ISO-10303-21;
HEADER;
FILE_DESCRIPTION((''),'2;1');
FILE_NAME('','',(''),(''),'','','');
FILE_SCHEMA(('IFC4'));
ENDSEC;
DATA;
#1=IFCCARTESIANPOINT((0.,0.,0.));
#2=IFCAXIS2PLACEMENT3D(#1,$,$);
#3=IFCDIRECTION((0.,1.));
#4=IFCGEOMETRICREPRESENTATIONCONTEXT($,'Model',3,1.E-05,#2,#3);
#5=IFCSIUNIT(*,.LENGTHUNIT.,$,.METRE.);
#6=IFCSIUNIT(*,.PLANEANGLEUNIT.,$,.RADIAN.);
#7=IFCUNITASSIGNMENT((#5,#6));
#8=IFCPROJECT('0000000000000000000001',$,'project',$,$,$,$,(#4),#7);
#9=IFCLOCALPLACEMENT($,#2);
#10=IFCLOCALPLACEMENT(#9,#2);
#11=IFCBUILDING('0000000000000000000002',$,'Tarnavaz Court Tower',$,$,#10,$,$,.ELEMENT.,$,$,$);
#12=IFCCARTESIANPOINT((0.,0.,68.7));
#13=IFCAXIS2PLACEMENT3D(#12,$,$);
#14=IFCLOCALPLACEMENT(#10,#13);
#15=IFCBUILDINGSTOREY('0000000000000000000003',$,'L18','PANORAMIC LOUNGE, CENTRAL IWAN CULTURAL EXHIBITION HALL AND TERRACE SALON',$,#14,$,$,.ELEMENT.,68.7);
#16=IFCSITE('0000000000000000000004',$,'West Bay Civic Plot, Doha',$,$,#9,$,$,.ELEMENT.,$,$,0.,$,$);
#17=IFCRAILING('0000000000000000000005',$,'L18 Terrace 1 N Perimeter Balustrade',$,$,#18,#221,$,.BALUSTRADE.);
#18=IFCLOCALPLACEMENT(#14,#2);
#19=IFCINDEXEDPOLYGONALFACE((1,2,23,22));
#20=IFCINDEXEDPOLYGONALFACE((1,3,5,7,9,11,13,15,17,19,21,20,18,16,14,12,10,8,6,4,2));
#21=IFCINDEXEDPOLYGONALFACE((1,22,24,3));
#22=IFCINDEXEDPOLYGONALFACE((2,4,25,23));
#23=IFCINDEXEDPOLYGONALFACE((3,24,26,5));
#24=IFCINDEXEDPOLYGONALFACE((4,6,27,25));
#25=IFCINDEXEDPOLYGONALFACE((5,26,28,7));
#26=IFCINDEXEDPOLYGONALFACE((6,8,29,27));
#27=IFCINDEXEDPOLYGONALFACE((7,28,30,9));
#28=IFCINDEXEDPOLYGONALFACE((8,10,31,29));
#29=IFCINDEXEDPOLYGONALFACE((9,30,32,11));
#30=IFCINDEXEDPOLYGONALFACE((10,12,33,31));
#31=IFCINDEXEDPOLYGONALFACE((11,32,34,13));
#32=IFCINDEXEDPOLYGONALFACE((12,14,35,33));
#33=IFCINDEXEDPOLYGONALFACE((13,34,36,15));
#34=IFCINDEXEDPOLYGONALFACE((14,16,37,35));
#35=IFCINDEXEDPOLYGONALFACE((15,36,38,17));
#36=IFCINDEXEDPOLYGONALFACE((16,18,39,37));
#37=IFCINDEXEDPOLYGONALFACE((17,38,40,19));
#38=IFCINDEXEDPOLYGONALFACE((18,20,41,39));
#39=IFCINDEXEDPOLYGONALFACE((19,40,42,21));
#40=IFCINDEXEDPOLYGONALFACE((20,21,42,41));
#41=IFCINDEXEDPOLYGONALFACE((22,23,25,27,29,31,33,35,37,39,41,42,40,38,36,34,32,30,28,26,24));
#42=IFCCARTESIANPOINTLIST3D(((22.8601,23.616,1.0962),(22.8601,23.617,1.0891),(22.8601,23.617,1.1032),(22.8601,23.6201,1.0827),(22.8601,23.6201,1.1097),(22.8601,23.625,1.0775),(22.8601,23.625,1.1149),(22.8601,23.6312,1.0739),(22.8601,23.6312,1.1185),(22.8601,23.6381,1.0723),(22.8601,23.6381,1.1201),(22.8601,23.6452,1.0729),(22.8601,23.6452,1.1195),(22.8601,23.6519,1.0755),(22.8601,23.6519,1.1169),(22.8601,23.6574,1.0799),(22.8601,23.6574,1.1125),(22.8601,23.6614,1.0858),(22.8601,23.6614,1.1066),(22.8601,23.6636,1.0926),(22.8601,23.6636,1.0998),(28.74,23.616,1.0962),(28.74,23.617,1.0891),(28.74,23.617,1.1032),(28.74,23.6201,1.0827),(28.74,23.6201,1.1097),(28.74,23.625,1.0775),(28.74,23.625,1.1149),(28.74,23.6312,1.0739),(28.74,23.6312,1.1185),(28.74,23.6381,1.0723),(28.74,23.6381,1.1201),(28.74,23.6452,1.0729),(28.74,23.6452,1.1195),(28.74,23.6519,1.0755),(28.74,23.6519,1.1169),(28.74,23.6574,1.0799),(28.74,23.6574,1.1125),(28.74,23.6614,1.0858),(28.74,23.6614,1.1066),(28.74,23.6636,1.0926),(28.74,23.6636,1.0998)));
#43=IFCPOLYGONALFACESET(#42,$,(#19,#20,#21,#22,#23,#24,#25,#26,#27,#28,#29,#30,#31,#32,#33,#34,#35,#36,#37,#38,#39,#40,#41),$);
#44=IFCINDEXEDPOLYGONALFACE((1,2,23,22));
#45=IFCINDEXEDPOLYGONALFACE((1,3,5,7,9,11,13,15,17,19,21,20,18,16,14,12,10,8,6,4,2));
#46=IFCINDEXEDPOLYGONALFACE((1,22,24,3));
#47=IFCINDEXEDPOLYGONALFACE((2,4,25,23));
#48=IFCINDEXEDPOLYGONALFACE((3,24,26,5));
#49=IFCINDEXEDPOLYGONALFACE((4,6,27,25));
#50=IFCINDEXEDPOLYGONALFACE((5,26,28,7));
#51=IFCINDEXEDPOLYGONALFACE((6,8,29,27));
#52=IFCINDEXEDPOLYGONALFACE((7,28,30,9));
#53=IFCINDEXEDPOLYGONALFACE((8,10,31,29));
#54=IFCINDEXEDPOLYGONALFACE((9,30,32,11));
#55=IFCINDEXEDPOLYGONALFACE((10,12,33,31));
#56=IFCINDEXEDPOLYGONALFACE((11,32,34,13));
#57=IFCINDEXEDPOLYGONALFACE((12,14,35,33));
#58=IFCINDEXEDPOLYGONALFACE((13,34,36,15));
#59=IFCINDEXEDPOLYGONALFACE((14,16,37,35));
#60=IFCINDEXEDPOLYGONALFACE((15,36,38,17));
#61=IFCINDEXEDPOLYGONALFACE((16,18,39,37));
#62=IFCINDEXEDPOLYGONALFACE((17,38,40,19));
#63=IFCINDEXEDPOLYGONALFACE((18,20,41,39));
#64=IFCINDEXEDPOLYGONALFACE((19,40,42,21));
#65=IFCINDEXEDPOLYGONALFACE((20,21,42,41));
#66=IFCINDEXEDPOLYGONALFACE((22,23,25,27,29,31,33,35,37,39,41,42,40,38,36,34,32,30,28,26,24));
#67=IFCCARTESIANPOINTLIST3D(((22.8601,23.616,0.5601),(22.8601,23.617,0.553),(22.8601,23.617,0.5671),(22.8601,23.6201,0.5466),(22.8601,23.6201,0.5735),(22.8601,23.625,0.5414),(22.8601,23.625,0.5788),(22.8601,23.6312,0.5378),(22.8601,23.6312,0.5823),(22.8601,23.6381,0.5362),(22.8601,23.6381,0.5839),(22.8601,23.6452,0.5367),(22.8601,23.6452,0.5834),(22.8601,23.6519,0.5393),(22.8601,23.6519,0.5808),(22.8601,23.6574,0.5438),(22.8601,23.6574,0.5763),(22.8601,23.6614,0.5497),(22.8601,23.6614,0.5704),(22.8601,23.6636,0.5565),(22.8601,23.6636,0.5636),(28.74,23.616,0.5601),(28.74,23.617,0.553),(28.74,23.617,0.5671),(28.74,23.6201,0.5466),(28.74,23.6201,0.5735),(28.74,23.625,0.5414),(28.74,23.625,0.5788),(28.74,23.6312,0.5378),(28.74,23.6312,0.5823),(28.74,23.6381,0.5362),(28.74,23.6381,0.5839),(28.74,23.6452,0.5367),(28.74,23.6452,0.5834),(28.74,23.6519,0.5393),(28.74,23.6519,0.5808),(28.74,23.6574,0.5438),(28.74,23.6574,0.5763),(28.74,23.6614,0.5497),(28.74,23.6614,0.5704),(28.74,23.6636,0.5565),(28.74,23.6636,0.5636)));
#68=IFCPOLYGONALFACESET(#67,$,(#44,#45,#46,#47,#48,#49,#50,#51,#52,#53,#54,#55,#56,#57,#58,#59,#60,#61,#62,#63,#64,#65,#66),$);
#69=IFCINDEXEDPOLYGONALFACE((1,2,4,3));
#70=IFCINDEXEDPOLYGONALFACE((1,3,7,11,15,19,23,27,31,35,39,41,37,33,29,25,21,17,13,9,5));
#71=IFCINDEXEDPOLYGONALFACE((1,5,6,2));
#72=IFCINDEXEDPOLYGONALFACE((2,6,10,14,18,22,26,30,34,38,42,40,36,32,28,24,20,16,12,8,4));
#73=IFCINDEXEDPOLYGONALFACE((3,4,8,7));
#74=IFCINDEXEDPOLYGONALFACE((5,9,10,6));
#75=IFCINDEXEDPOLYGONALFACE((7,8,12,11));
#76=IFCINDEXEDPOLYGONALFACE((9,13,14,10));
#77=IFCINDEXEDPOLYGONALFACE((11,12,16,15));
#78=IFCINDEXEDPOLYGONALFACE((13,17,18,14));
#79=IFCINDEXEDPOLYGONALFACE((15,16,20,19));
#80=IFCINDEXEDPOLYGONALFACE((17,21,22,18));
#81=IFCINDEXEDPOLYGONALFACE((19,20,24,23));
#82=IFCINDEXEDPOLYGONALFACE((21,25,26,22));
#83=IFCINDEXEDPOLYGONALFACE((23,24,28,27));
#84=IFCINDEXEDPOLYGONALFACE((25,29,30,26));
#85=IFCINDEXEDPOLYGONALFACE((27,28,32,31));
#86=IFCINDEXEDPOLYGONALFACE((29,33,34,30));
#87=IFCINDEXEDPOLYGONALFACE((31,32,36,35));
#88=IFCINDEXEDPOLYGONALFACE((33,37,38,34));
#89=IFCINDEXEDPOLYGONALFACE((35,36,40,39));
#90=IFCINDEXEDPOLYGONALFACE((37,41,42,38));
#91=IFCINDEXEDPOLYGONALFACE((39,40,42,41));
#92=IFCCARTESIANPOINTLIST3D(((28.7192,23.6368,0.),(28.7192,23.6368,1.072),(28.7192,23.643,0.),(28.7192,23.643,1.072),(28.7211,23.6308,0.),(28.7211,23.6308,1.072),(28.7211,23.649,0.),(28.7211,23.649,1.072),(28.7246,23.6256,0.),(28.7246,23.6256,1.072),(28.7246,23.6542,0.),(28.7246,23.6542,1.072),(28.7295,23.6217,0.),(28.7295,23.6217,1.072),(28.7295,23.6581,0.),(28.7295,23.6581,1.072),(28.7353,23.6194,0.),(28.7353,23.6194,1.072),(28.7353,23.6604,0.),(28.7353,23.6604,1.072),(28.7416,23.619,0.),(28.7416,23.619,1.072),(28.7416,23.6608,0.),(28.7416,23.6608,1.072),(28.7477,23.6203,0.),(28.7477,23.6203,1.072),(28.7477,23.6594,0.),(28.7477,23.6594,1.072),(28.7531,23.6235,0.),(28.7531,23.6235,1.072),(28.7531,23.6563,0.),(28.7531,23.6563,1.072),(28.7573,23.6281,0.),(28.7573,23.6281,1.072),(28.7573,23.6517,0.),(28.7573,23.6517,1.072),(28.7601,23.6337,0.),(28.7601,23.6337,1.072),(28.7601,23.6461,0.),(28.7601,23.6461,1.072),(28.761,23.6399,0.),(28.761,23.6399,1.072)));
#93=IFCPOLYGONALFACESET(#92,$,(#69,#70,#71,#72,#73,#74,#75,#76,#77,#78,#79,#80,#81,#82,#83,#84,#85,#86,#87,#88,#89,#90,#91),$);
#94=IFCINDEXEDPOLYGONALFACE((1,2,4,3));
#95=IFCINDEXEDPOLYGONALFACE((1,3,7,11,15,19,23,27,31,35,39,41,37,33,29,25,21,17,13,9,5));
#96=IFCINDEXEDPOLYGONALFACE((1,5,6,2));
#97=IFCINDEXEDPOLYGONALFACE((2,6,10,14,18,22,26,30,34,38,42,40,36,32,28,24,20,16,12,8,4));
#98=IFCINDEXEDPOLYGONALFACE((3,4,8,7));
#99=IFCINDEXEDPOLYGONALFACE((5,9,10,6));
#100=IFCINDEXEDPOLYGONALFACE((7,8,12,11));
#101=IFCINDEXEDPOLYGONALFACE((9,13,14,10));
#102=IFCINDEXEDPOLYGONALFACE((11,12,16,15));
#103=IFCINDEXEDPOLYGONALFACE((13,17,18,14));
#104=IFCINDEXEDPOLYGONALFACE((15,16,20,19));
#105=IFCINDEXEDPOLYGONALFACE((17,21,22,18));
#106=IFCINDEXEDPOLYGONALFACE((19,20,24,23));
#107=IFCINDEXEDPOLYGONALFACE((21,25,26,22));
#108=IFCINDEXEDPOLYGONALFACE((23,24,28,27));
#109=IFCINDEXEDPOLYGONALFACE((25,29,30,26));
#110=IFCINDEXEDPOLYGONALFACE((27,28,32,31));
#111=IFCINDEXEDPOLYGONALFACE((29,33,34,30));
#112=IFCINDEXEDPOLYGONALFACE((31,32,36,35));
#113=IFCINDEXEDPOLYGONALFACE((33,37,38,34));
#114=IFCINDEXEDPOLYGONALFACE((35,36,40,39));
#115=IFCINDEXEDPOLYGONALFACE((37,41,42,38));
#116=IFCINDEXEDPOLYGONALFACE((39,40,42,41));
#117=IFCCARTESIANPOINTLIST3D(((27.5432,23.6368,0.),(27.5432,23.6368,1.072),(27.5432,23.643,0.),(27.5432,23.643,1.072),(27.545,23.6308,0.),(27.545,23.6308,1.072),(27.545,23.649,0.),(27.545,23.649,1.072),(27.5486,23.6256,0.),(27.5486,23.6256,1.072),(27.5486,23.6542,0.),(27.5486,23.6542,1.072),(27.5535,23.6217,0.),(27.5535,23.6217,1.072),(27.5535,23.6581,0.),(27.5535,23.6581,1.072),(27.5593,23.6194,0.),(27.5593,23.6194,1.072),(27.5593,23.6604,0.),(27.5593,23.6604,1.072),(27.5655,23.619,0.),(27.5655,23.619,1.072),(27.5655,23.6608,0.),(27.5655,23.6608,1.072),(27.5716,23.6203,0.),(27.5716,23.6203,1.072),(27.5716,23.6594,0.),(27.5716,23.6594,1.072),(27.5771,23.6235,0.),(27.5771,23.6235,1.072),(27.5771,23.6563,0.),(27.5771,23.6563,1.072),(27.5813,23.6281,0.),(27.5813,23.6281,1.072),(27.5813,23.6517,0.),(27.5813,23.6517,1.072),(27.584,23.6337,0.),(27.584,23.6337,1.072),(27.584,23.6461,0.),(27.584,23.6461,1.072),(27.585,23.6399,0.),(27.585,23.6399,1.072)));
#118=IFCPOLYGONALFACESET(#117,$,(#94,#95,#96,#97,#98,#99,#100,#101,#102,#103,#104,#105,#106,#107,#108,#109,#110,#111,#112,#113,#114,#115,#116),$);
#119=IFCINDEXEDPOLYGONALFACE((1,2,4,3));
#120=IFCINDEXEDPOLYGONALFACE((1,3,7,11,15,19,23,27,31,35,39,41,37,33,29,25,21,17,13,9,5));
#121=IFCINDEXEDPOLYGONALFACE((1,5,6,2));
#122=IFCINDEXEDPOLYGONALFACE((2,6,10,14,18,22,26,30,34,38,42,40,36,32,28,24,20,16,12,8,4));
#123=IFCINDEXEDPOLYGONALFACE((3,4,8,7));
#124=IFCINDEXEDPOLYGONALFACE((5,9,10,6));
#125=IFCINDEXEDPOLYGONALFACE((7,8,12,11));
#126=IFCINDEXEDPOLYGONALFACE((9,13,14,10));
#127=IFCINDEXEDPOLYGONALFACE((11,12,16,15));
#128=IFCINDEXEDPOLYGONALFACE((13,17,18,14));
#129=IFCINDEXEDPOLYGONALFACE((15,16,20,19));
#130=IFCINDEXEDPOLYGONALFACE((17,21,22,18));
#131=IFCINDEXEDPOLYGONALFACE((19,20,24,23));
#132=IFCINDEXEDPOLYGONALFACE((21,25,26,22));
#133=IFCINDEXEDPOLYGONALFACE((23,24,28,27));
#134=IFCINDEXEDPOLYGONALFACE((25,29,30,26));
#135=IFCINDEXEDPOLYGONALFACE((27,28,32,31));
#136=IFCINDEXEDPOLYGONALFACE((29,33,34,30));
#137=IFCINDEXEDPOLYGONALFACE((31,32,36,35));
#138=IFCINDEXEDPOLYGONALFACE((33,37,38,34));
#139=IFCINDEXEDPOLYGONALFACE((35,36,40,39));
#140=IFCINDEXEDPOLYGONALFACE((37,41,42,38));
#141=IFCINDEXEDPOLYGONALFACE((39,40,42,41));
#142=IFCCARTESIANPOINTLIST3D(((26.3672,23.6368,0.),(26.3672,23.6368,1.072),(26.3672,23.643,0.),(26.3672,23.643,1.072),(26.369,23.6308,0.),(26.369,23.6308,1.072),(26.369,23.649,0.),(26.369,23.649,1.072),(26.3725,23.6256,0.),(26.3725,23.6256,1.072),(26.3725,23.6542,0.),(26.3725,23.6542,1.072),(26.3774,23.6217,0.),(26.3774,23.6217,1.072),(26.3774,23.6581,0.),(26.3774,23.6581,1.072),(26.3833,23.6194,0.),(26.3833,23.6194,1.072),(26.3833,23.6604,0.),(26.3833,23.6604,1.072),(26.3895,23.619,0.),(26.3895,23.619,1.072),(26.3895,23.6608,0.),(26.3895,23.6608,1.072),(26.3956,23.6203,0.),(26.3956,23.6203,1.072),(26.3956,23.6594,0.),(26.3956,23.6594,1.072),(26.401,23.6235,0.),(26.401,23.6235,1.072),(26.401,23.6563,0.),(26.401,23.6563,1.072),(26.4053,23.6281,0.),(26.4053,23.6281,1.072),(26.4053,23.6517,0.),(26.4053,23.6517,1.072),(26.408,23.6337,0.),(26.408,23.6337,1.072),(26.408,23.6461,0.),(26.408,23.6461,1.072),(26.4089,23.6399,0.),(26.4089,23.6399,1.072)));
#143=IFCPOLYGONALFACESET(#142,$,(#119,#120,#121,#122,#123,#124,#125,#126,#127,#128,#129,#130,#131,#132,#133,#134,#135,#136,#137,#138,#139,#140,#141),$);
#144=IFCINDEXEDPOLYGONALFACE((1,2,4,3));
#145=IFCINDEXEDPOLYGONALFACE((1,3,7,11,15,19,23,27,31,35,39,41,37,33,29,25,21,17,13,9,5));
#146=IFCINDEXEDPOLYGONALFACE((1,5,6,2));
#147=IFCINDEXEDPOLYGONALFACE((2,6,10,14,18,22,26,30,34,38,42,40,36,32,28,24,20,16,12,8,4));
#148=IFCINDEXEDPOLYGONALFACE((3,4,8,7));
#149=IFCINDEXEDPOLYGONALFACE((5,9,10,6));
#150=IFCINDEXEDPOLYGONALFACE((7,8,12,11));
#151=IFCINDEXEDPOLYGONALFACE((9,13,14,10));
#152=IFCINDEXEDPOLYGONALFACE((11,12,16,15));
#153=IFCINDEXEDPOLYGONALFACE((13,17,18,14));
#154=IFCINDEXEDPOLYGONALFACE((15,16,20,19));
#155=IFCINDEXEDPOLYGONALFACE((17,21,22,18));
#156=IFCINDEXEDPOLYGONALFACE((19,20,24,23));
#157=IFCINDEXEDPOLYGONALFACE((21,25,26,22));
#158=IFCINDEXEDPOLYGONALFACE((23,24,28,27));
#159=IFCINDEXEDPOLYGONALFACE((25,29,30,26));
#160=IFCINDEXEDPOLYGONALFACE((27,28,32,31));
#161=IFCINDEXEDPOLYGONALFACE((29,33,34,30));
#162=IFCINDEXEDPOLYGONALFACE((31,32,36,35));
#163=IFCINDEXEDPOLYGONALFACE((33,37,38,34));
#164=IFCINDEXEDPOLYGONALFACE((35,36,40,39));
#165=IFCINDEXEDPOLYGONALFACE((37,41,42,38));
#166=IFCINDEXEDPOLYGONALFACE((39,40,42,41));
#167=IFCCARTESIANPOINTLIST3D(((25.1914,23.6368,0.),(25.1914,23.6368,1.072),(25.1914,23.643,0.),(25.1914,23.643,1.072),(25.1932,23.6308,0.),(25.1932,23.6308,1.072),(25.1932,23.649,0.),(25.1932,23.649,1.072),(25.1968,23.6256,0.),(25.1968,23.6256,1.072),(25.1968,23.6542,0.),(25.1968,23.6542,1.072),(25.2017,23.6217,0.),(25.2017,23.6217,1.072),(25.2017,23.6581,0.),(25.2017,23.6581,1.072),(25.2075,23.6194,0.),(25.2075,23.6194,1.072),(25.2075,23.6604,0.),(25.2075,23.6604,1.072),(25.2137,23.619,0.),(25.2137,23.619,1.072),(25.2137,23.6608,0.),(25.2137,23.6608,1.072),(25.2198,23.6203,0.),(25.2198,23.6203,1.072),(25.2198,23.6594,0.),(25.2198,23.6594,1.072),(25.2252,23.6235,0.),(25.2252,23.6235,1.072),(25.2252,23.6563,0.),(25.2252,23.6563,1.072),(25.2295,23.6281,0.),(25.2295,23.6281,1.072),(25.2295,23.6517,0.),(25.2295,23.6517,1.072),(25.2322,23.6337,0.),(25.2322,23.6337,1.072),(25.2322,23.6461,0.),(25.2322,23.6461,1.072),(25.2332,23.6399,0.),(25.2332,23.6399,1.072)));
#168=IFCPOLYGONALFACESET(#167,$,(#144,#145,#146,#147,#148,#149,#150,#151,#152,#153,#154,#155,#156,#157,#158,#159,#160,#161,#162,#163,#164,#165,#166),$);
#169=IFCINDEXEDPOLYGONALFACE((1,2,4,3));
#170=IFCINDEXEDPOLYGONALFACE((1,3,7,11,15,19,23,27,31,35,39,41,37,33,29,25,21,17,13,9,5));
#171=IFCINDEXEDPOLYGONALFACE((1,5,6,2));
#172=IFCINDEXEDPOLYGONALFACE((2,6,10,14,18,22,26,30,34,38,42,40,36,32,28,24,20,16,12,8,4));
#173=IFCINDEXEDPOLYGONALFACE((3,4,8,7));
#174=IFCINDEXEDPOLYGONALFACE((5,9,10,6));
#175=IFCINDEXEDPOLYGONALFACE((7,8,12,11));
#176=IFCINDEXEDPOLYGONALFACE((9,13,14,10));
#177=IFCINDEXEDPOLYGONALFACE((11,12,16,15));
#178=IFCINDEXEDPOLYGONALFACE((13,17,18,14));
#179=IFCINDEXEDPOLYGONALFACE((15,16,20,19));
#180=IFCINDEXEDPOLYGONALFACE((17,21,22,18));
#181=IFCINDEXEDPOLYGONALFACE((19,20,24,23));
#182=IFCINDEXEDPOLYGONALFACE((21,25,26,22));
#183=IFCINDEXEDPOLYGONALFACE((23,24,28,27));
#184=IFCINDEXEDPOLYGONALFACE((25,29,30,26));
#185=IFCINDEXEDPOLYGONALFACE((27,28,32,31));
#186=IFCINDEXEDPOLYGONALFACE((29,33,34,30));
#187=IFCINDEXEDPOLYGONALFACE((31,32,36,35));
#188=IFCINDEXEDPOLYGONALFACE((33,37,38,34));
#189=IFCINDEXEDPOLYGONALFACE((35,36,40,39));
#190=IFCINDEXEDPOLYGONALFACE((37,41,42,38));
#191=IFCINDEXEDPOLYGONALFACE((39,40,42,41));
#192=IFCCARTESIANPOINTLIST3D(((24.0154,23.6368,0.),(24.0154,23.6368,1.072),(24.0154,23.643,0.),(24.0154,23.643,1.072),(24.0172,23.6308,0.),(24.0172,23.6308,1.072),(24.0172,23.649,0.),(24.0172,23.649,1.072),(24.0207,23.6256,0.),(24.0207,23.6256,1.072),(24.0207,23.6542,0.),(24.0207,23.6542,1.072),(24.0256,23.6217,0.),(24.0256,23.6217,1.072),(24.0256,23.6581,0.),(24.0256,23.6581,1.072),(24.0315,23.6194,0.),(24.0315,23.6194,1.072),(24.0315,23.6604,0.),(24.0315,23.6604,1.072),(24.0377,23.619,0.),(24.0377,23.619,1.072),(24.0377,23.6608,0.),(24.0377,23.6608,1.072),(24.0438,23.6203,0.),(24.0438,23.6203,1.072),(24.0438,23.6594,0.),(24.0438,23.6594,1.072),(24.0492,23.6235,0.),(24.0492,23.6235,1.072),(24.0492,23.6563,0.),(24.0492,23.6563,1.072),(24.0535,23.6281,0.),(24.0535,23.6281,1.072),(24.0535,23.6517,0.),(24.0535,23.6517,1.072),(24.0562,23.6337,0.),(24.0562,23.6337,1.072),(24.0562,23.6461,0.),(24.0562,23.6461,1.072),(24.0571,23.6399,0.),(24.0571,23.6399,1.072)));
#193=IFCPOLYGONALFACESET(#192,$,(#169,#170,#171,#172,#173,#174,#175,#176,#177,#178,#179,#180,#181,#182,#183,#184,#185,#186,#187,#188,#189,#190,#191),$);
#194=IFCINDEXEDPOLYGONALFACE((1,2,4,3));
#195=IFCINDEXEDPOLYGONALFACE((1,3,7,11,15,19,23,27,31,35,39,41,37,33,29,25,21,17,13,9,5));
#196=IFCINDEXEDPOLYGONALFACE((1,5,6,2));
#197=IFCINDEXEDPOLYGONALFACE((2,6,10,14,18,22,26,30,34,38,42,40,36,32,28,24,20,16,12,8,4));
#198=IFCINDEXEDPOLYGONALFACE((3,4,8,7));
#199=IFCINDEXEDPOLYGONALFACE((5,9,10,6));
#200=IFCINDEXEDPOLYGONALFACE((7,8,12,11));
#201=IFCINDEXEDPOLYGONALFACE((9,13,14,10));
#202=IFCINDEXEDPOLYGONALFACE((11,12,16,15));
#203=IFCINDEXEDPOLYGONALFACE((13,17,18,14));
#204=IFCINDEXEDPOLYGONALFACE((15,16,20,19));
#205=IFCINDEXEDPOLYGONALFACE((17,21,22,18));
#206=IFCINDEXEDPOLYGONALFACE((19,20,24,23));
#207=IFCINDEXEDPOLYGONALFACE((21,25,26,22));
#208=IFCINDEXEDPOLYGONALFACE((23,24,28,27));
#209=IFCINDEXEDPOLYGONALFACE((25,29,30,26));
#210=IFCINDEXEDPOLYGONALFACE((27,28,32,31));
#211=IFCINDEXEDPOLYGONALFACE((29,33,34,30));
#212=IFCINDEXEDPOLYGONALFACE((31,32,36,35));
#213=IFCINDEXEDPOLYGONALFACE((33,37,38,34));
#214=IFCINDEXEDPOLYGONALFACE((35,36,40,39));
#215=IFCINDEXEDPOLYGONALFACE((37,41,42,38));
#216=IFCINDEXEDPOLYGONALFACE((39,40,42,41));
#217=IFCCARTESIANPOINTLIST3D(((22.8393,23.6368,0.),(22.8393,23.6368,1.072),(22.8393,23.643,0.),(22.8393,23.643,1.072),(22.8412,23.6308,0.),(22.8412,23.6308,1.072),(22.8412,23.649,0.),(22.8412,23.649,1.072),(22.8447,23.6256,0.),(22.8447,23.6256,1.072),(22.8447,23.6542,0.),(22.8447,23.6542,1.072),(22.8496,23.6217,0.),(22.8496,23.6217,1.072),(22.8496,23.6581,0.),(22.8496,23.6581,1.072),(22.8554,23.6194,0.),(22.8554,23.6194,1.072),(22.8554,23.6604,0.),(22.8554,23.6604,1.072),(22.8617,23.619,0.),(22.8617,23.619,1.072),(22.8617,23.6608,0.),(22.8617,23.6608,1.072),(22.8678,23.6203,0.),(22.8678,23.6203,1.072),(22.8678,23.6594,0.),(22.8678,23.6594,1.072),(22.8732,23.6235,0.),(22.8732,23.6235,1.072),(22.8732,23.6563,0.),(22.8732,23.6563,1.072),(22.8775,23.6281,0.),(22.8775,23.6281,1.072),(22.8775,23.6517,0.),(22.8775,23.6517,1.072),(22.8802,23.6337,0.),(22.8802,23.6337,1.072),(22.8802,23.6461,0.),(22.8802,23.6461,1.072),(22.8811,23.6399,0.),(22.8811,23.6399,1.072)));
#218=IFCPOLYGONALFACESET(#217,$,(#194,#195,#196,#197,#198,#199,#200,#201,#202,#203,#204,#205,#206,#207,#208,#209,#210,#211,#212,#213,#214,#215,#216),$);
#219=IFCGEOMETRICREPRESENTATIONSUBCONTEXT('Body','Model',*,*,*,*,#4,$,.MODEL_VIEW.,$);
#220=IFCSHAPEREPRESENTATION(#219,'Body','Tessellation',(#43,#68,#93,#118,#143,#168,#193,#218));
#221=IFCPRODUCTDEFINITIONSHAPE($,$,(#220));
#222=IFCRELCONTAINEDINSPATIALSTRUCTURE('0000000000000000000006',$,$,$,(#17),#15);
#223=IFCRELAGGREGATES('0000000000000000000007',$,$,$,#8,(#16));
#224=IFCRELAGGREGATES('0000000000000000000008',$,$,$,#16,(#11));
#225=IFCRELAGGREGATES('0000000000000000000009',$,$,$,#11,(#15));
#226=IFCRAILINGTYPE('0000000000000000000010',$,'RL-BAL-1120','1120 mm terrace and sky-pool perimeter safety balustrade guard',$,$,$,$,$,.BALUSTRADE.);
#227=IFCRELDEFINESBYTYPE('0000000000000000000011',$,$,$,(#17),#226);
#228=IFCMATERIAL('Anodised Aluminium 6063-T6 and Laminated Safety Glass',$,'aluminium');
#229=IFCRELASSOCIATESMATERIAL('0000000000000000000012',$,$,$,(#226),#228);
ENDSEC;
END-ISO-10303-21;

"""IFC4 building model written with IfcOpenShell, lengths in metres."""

from ifc_helpers import new_model, si_unit, direction, frame, origin, origin_2d, place, context, subcontext, project, spatial, circle, extrude, material, type_object, element, save


model = new_model("IFC4")

# Units and contexts
model_context = context("Model", 3, precision=1e-05, world=origin(), true_north=direction((0.0, 1.0)))
body_context = subcontext(model_context, "Body", "Model", "MODEL_VIEW")
ifc_project = project(units=[si_unit("LENGTHUNIT", "METRE"), si_unit("PLANEANGLEUNIT", "RADIAN")], contexts=[model_context])

# Site, building, storey
site_placement = place(None, origin())
site = spatial("IfcSite", under=ifc_project, at=site_placement, Name="West Bay Civic Plot, Doha", CompositionType="ELEMENT", RefElevation=0.0)
building_placement = place(site_placement, origin())
building = spatial("IfcBuilding", under=site, at=building_placement, Name="Tarnavaz Court Tower", CompositionType="ELEMENT")
storey_placement = place(building_placement, frame((0.0, 0.0, 68.7)))
storey = spatial("IfcBuildingStorey", under=building, at=storey_placement, Name="L18", Description="PANORAMIC LOUNGE, CENTRAL IWAN CULTURAL EXHIBITION HALL AND TERRACE SALON", CompositionType="ELEMENT", Elevation=68.7)

# Railing
ifc_material_1 = material(Name="Anodised Aluminium 6063-T6 and Laminated Safety Glass", Category="aluminium")
railing_type = type_object("IfcRailingType", Name="RL-BAL-1120", Description="1120 mm terrace and sky-pool perimeter safety balustrade guard", PredefinedType="BALUSTRADE", material=ifc_material_1)
railing_1_placement = place(storey_placement, frame((28.74, 23.6399, 0.0)))
element("IfcRailing", 1, at=railing_1_placement, inside=storey, type_object=railing_type, Name="L18 Terrace 1 N Perimeter Balustrade", PredefinedType="BALUSTRADE", context=body_context, shape_type="SweptSolid", body=[
    extrude(circle(Radius=0.0239, at=origin_2d()), frame((0.0, 0.0, 1.0962), z_axis=(-1.0, 0.0, 0.0), x_axis=(0.0, -1.0, 0.0)), (0.0, 0.0, 1.0), 5.8799),
    extrude(circle(Radius=0.0239, at=origin_2d()), frame((0.0, 0.0, 0.5601), z_axis=(-1.0, 0.0, 0.0), x_axis=(0.0, -1.0, 0.0)), (0.0, 0.0, 1.0), 5.8799),
    extrude(circle(Radius=0.021, at=origin_2d()), origin(), (0.0, 0.0, 1.0), 1.072),
    extrude(circle(Radius=0.021, at=origin_2d()), frame((-1.176, 0.0, 0.0)), (0.0, 0.0, 1.0), 1.072),
    extrude(circle(Radius=0.021, at=origin_2d()), frame((-2.3521, 0.0, 0.0)), (0.0, 0.0, 1.0), 1.072),
    extrude(circle(Radius=0.021, at=origin_2d()), frame((-3.5278, 0.0, 0.0)), (0.0, 0.0, 1.0), 1.072),
    extrude(circle(Radius=0.021, at=origin_2d()), frame((-4.7039, 0.0, 0.0)), (0.0, 0.0, 1.0), 1.072),
    extrude(circle(Radius=0.021, at=origin_2d()), frame((-5.8799, 0.0, 0.0)), (0.0, 0.0, 1.0), 1.072),
])

save(model, "model.ifc")
